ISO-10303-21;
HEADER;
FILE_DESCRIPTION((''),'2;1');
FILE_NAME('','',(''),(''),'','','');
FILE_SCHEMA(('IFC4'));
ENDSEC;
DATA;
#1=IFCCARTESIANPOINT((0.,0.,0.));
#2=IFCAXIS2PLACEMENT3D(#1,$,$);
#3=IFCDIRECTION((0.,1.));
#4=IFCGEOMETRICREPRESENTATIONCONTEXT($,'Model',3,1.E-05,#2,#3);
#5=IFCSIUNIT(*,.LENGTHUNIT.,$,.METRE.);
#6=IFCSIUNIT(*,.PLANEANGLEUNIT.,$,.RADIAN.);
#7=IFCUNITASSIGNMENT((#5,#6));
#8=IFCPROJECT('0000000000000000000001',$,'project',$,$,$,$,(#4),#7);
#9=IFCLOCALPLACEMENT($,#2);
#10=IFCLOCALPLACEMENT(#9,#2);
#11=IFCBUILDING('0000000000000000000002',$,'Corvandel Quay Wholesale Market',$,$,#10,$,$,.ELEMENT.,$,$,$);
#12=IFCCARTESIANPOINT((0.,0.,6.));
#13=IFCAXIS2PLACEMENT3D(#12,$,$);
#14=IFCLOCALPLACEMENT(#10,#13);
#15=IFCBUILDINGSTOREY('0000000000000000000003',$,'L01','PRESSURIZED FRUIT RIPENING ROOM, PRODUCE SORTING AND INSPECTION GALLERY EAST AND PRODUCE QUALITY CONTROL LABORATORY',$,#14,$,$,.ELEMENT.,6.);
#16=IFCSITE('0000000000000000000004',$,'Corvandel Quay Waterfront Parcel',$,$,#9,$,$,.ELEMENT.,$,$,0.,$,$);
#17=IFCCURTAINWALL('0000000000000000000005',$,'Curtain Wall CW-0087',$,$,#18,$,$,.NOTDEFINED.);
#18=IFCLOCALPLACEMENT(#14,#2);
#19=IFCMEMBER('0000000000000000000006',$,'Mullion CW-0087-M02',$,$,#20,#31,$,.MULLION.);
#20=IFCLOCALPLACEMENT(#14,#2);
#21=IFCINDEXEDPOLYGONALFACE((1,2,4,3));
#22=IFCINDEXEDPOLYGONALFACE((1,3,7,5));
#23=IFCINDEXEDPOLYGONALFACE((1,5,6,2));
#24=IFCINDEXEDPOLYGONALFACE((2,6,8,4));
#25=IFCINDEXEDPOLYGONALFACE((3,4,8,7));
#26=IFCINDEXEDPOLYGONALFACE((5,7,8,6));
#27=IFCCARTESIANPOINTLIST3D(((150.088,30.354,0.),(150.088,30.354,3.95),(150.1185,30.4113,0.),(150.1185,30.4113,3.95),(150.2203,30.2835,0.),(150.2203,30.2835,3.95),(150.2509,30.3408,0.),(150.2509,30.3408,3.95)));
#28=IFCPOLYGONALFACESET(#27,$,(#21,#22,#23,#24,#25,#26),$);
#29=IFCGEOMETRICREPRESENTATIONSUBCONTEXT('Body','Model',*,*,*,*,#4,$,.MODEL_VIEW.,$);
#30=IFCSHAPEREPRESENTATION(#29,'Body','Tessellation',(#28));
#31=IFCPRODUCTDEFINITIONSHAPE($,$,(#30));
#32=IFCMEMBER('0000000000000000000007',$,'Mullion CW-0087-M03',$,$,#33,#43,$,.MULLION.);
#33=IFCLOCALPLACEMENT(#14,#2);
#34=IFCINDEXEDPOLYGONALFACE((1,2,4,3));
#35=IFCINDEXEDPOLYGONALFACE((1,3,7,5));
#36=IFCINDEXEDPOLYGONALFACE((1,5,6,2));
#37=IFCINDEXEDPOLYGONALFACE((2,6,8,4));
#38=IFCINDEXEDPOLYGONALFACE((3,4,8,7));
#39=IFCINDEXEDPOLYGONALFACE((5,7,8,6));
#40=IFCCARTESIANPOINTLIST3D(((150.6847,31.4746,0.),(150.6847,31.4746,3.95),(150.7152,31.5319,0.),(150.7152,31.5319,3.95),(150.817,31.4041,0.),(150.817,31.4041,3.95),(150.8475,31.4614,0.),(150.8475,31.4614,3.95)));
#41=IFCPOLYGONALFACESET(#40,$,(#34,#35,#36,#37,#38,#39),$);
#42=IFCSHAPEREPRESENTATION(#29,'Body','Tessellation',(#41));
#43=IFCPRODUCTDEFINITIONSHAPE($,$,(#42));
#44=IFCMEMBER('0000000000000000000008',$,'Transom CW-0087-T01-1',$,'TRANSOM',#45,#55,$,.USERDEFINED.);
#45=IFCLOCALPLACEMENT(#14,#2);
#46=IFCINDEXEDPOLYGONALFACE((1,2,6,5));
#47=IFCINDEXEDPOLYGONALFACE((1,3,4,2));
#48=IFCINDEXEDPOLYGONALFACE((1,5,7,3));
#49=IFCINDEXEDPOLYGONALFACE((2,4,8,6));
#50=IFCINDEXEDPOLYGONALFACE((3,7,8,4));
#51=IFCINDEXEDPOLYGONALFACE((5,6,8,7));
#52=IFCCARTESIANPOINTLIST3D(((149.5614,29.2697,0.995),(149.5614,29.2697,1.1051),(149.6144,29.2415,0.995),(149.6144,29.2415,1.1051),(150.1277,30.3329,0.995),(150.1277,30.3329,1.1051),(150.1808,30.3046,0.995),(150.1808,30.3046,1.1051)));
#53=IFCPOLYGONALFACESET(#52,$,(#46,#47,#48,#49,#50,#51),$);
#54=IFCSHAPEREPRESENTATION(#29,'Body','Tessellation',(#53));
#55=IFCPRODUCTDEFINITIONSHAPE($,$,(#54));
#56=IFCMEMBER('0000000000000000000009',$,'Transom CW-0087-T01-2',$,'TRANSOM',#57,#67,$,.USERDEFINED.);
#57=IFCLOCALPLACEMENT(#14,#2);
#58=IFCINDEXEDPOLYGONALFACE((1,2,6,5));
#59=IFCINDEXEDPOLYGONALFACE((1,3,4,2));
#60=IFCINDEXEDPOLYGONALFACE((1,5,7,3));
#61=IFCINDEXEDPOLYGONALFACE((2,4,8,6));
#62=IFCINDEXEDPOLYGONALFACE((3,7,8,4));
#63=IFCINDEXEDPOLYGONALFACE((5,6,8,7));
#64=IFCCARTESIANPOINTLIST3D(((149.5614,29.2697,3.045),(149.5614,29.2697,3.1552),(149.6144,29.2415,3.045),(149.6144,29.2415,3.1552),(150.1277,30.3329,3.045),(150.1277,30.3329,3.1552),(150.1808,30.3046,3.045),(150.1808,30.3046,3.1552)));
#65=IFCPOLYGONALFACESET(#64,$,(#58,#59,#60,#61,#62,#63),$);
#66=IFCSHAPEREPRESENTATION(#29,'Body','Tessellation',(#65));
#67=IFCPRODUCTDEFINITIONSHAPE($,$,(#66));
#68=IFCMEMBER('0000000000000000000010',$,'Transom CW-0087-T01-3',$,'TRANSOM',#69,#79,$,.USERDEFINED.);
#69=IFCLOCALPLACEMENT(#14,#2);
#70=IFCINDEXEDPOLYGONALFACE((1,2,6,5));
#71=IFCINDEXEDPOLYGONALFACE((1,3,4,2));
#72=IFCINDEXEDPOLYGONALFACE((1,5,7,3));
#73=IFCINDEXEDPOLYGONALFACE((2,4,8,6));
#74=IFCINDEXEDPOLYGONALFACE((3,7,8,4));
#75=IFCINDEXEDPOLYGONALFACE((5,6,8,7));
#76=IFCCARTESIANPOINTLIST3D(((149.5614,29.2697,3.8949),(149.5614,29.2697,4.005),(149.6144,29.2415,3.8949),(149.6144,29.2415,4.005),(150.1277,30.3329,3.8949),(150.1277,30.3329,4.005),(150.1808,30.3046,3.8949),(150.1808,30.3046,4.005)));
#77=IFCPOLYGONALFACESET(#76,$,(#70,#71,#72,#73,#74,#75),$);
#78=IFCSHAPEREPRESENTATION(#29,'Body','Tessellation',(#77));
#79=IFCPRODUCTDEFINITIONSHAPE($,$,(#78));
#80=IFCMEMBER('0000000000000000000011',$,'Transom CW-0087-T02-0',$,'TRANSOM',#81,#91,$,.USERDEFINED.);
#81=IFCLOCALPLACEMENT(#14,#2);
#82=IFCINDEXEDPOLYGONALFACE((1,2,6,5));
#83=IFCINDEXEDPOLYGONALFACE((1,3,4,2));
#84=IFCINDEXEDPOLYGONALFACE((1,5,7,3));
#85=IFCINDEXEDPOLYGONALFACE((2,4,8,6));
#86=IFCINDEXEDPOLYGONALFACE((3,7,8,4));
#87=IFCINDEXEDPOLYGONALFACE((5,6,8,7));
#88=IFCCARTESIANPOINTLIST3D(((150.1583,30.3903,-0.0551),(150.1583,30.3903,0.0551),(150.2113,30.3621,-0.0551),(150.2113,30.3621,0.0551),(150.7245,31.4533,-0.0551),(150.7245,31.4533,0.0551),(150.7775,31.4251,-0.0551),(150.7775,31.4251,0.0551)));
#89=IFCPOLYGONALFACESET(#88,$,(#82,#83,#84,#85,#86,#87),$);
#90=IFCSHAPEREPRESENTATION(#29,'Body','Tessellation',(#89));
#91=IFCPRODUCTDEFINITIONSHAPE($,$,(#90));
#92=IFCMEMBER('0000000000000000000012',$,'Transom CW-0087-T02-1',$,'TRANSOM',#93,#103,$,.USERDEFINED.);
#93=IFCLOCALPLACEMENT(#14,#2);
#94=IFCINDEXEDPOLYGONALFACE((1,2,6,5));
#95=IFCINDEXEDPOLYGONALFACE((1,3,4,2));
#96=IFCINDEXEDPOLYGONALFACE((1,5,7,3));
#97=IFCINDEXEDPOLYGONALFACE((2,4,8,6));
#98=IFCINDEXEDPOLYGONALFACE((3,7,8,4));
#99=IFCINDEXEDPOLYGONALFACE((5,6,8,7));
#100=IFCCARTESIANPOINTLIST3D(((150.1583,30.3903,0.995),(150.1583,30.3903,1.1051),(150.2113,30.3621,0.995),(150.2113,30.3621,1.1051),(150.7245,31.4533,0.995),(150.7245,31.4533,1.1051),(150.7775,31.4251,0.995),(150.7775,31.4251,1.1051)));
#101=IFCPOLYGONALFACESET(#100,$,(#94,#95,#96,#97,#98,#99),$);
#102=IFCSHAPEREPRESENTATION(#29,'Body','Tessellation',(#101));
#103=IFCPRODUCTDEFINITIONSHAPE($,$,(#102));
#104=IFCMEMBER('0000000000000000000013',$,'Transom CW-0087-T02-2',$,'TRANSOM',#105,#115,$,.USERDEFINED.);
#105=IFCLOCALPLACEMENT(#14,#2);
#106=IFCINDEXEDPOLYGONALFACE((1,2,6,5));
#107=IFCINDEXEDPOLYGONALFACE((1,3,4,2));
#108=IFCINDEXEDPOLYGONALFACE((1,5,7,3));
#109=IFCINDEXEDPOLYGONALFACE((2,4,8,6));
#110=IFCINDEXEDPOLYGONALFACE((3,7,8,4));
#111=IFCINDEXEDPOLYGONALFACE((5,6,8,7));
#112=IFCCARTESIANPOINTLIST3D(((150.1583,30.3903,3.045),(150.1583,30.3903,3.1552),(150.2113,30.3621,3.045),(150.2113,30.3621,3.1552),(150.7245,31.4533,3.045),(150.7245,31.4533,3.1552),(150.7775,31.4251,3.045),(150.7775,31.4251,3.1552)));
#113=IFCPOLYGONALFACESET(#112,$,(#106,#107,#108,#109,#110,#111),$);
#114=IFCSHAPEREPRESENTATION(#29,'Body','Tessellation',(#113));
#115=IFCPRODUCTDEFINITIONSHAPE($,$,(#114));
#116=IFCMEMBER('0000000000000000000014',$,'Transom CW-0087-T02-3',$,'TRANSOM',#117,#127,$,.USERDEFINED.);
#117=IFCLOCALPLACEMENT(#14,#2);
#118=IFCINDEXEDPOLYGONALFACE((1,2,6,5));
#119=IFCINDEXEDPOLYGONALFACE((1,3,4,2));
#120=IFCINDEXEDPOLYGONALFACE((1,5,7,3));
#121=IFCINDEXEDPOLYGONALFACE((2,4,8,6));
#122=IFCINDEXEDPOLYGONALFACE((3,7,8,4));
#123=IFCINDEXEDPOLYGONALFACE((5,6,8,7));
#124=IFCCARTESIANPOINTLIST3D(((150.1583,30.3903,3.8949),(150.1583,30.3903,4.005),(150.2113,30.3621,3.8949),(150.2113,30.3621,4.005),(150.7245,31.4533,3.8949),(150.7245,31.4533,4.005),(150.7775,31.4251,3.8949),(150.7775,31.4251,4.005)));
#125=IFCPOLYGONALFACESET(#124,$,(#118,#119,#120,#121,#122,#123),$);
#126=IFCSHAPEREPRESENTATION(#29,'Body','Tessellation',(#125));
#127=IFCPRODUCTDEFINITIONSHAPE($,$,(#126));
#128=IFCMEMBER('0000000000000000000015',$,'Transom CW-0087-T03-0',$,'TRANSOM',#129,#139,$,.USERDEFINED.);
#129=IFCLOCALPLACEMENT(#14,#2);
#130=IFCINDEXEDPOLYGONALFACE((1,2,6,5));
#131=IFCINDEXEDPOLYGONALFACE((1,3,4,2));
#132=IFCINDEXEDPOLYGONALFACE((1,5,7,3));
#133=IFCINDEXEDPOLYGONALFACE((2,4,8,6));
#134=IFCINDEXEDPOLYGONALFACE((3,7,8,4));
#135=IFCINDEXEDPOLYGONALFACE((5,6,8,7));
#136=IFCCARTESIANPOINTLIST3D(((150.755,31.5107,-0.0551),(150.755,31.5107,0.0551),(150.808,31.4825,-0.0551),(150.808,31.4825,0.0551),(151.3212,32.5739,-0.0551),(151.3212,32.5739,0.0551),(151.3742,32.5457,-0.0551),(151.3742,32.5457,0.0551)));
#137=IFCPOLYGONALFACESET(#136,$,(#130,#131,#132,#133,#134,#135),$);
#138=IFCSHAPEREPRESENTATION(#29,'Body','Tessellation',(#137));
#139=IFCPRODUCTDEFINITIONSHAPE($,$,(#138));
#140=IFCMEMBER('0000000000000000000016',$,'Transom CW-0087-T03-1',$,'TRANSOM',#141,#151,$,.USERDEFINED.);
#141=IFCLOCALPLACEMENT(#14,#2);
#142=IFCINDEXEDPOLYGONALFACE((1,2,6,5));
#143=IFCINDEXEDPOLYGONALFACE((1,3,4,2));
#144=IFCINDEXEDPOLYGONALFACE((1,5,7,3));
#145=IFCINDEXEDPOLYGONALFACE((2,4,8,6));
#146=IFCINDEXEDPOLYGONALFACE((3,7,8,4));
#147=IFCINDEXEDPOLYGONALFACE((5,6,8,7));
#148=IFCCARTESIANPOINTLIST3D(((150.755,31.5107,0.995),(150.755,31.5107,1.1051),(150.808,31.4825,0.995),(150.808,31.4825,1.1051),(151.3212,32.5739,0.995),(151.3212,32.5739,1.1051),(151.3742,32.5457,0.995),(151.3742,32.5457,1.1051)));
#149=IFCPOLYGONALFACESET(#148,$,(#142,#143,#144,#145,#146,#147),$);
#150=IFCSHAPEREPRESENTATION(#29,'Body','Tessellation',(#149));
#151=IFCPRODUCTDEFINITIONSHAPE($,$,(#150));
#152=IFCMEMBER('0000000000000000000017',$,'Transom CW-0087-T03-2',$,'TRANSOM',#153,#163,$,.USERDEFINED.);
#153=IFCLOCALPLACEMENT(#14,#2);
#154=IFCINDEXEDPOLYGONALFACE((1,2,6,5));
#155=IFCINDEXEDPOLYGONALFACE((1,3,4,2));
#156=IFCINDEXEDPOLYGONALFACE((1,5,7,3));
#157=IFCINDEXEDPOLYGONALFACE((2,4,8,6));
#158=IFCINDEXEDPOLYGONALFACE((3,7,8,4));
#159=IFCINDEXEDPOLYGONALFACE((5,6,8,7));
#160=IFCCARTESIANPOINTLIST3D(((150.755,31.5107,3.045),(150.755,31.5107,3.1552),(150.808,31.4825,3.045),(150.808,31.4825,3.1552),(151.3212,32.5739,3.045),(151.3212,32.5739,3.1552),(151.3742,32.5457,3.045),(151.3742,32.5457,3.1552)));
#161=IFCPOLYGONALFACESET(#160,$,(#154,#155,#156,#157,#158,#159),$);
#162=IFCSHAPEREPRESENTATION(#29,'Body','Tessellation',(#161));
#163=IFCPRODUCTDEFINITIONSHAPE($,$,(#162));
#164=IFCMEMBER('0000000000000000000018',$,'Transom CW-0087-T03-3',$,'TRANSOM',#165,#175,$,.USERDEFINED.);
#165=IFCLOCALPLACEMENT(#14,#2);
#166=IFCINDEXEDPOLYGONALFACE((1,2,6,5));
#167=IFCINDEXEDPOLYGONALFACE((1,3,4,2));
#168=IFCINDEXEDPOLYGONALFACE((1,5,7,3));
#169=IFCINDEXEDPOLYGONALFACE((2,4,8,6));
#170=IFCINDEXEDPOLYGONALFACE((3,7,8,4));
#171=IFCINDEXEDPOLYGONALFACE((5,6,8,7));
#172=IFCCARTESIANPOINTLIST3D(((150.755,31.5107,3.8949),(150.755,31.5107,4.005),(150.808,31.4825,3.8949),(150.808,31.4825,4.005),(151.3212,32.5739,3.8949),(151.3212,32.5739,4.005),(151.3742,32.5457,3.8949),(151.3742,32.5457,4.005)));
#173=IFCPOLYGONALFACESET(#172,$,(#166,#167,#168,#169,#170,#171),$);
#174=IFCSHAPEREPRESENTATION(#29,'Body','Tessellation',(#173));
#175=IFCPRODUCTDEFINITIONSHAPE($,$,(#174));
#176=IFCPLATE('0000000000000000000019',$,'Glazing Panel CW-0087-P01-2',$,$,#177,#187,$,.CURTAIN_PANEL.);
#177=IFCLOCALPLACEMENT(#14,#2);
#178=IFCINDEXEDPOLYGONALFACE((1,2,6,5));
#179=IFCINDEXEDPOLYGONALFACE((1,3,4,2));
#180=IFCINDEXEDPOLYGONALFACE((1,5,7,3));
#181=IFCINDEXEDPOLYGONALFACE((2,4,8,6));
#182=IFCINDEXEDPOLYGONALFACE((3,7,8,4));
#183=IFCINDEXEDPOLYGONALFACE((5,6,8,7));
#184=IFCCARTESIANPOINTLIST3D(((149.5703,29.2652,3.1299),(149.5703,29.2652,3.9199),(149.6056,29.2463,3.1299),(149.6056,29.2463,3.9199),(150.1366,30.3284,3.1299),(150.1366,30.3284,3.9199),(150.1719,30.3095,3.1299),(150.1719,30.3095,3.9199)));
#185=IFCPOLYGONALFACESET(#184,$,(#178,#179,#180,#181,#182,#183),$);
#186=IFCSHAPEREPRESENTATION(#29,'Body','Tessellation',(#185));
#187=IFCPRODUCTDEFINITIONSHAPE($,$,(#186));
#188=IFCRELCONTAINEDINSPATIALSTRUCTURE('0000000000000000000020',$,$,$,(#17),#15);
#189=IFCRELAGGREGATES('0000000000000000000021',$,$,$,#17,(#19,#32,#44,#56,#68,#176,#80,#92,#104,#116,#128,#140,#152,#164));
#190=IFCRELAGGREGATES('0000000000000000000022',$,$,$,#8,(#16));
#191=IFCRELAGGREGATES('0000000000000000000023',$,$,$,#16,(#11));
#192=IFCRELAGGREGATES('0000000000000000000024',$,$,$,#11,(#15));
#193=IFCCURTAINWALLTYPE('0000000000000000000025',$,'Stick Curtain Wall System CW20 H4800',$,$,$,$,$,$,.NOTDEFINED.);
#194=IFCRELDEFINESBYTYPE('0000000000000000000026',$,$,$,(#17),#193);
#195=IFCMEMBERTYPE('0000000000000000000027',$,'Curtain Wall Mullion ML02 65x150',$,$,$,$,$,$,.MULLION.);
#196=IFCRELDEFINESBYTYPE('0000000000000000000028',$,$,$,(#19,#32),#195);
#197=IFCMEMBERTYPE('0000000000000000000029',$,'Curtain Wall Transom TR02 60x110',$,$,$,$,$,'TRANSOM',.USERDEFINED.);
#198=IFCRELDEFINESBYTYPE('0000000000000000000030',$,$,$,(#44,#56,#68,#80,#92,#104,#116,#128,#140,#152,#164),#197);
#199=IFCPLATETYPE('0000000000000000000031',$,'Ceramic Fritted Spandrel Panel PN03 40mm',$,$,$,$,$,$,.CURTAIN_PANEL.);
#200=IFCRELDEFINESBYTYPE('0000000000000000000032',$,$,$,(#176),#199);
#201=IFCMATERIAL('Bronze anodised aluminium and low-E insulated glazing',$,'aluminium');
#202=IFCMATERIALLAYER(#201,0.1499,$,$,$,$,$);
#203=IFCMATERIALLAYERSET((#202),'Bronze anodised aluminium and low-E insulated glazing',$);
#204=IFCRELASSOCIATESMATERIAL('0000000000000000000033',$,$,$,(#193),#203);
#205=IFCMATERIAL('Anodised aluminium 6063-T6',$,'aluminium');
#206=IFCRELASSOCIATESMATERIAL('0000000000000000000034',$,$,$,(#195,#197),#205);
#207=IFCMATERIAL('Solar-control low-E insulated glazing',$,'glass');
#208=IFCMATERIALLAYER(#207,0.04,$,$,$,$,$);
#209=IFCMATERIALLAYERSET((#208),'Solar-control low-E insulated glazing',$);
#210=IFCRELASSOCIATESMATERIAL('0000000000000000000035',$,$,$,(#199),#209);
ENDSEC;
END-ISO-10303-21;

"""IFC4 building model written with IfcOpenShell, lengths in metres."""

from ifc_helpers import new_model, si_unit, direction, frame, origin, origin_2d, place, context, subcontext, project, spatial, rectangle, extrude, material, layer, layer_set, material_profile, profile_set, type_object, element, aggregate, save


model = new_model("IFC4")

# Units and contexts
model_context = context("Model", 3, precision=1e-05, world=origin(), true_north=direction((0.0, 1.0)))
body_context = subcontext(model_context, "Body", "Model", "MODEL_VIEW")
ifc_project = project(units=[si_unit("LENGTHUNIT", "METRE"), si_unit("PLANEANGLEUNIT", "RADIAN")], contexts=[model_context])

# Site, building, storey
site_placement = place(None, origin())
site = spatial("IfcSite", under=ifc_project, at=site_placement, Name="Corvandel Quay Waterfront Parcel", CompositionType="ELEMENT", RefElevation=0.0)
building_placement = place(site_placement, origin())
building = spatial("IfcBuilding", under=site, at=building_placement, Name="Corvandel Quay Wholesale Market", CompositionType="ELEMENT")
storey_placement = place(building_placement, frame((0.0, 0.0, 6.0)))
storey = spatial("IfcBuildingStorey", under=building, at=storey_placement, Name="L01", Description="PRESSURIZED FRUIT RIPENING ROOM, PRODUCE SORTING AND INSPECTION GALLERY EAST AND PRODUCE QUALITY CONTROL LABORATORY", CompositionType="ELEMENT", Elevation=6.0)

# Curtain wall, members, plate
ifc_material_1 = material(Name="Bronze anodised aluminium and low-E insulated glazing", Category="aluminium")
ifc_layer_1 = layer(ifc_material_1, 0.1499)
ifc_layer_set_1 = layer_set([ifc_layer_1], Name="Bronze anodised aluminium and low-E insulated glazing")
curtain_wall_type = type_object("IfcCurtainWallType", Name="Stick Curtain Wall System CW20 H4800", PredefinedType="NOTDEFINED", material=ifc_layer_set_1)
curtain_wall_placement = place(storey_placement, origin())
curtain_wall = element("IfcCurtainWall", 1, at=curtain_wall_placement, inside=storey, type_object=curtain_wall_type, Name="Curtain Wall CW-0087", PredefinedType="NOTDEFINED")
ifc_material_2 = material(Name="Anodised aluminium 6063-T6", Category="aluminium")
ifc_material_profile_1 = material_profile(ifc_material_2, rectangle(XDim=0.0649, YDim=0.1499, at=origin_2d()), Name="ALU-MUL-65x150")
ifc_profile_set_1 = profile_set([ifc_material_profile_1], Name="Anodised aluminium 6063-T6")
member_type_1 = type_object("IfcMemberType", Name="Curtain Wall Mullion ML02 65x150", PredefinedType="MULLION", material=ifc_profile_set_1)
member_1_placement = place(storey_placement, frame((150.1694, 30.3474, 0.0), z_axis=(0.0, 0.0, 1.0), x_axis=(0.470088, 0.88262, 0.0)))
member_1 = element("IfcMember", 2, at=member_1_placement, type_object=member_type_1, Name="Mullion CW-0087-M02", PredefinedType="MULLION", context=body_context, shape_type="SweptSolid", body=[
    extrude(rectangle(XDim=0.0649, YDim=0.1499, at=origin_2d()), origin(), (0.0, 0.0, 1.0), 3.95),
])
member_2_placement = place(storey_placement, frame((150.7661, 31.468, 0.0), z_axis=(0.0, 0.0, 1.0), x_axis=(0.470088, 0.88262, 0.0)))
member_2 = element("IfcMember", 3, at=member_2_placement, type_object=member_type_1, Name="Mullion CW-0087-M03", PredefinedType="MULLION", context=body_context, shape_type="SweptSolid", body=[
    extrude(rectangle(XDim=0.0649, YDim=0.1499, at=origin_2d()), origin(), (0.0, 0.0, 1.0), 3.95),
])
ifc_material_profile_2 = material_profile(ifc_material_2, rectangle(XDim=0.0601, YDim=0.1101, at=origin_2d()), Name="ALU-TRN-60x110")
ifc_profile_set_2 = profile_set([ifc_material_profile_2], Name="Anodised aluminium 6063-T6")
member_type_2 = type_object("IfcMemberType", Name="Curtain Wall Transom TR02 60x110", ElementType="TRANSOM", PredefinedType="USERDEFINED", material=ifc_profile_set_2)
member_3_placement = place(storey_placement, frame((149.5879, 29.2556, 1.05), z_axis=(0.470167, 0.882577, 0.0), x_axis=(-0.882577, 0.470167, 0.0)))
member_3 = element("IfcMember", 4, at=member_3_placement, type_object=member_type_2, Name="Transom CW-0087-T01-1", ObjectType="TRANSOM", PredefinedType="USERDEFINED", context=body_context, shape_type="SweptSolid", body=[
    extrude(rectangle(XDim=0.0601, YDim=0.1101, at=origin_2d()), origin(), (0.0, 0.0, 1.0), 1.2046),
])
member_4_placement = place(storey_placement, frame((149.5879, 29.2556, 3.1001), z_axis=(0.470167, 0.882577, 0.0), x_axis=(-0.882577, 0.470167, 0.0)))
member_4 = element("IfcMember", 5, at=member_4_placement, type_object=member_type_2, Name="Transom CW-0087-T01-2", ObjectType="TRANSOM", PredefinedType="USERDEFINED", context=body_context, shape_type="SweptSolid", body=[
    extrude(rectangle(XDim=0.0601, YDim=0.1101, at=origin_2d()), origin(), (0.0, 0.0, 1.0), 1.2046),
])
member_5_placement = place(storey_placement, frame((149.5879, 29.2556, 3.95), z_axis=(0.470167, 0.882577, 0.0), x_axis=(-0.882577, 0.470167, 0.0)))
member_5 = element("IfcMember", 6, at=member_5_placement, type_object=member_type_2, Name="Transom CW-0087-T01-3", ObjectType="TRANSOM", PredefinedType="USERDEFINED", context=body_context, shape_type="SweptSolid", body=[
    extrude(rectangle(XDim=0.0601, YDim=0.1101, at=origin_2d()), origin(), (0.0, 0.0, 1.0), 1.2046),
])
member_6_placement = place(storey_placement, frame((150.1848, 30.3762, 0.0), z_axis=(0.470094, 0.882617, 0.0), x_axis=(-0.882617, 0.470094, 0.0)))
member_6 = element("IfcMember", 7, at=member_6_placement, type_object=member_type_2, Name="Transom CW-0087-T02-0", ObjectType="TRANSOM", PredefinedType="USERDEFINED", context=body_context, shape_type="SweptSolid", body=[
    extrude(rectangle(XDim=0.0601, YDim=0.1101, at=origin_2d()), origin(), (0.0, 0.0, 1.0), 1.2043),
])
member_7_placement = place(storey_placement, frame((150.1848, 30.3762, 1.05), z_axis=(0.470094, 0.882617, 0.0), x_axis=(-0.882617, 0.470094, 0.0)))
member_7 = element("IfcMember", 8, at=member_7_placement, type_object=member_type_2, Name="Transom CW-0087-T02-1", ObjectType="TRANSOM", PredefinedType="USERDEFINED", context=body_context, shape_type="SweptSolid", body=[
    extrude(rectangle(XDim=0.0601, YDim=0.1101, at=origin_2d()), origin(), (0.0, 0.0, 1.0), 1.2043),
])
member_8_placement = place(storey_placement, frame((150.1848, 30.3762, 3.1001), z_axis=(0.470094, 0.882617, 0.0), x_axis=(-0.882617, 0.470094, 0.0)))
member_8 = element("IfcMember", 9, at=member_8_placement, type_object=member_type_2, Name="Transom CW-0087-T02-2", ObjectType="TRANSOM", PredefinedType="USERDEFINED", context=body_context, shape_type="SweptSolid", body=[
    extrude(rectangle(XDim=0.0601, YDim=0.1101, at=origin_2d()), origin(), (0.0, 0.0, 1.0), 1.2043),
])
member_9_placement = place(storey_placement, frame((150.1848, 30.3762, 3.95), z_axis=(0.470094, 0.882617, 0.0), x_axis=(-0.882617, 0.470094, 0.0)))
member_9 = element("IfcMember", 10, at=member_9_placement, type_object=member_type_2, Name="Transom CW-0087-T02-3", ObjectType="TRANSOM", PredefinedType="USERDEFINED", context=body_context, shape_type="SweptSolid", body=[
    extrude(rectangle(XDim=0.0601, YDim=0.1101, at=origin_2d()), origin(), (0.0, 0.0, 1.0), 1.2043),
])
member_10_placement = place(storey_placement, frame((150.7815, 31.4966, 0.0), z_axis=(0.47001, 0.882661, 0.0), x_axis=(-0.882661, 0.47001, 0.0)))
member_10 = element("IfcMember", 11, at=member_10_placement, type_object=member_type_2, Name="Transom CW-0087-T03-0", ObjectType="TRANSOM", PredefinedType="USERDEFINED", context=body_context, shape_type="SweptSolid", body=[
    extrude(rectangle(XDim=0.0601, YDim=0.1101, at=origin_2d()), origin(), (0.0, 0.0, 1.0), 1.2046),
])
member_11_placement = place(storey_placement, frame((150.7815, 31.4966, 1.05), z_axis=(0.47001, 0.882661, 0.0), x_axis=(-0.882661, 0.47001, 0.0)))
member_11 = element("IfcMember", 12, at=member_11_placement, type_object=member_type_2, Name="Transom CW-0087-T03-1", ObjectType="TRANSOM", PredefinedType="USERDEFINED", context=body_context, shape_type="SweptSolid", body=[
    extrude(rectangle(XDim=0.0601, YDim=0.1101, at=origin_2d()), origin(), (0.0, 0.0, 1.0), 1.2046),
])
member_12_placement = place(storey_placement, frame((150.7815, 31.4966, 3.1001), z_axis=(0.47001, 0.882661, 0.0), x_axis=(-0.882661, 0.47001, 0.0)))
member_12 = element("IfcMember", 13, at=member_12_placement, type_object=member_type_2, Name="Transom CW-0087-T03-2", ObjectType="TRANSOM", PredefinedType="USERDEFINED", context=body_context, shape_type="SweptSolid", body=[
    extrude(rectangle(XDim=0.0601, YDim=0.1101, at=origin_2d()), origin(), (0.0, 0.0, 1.0), 1.2046),
])
member_13_placement = place(storey_placement, frame((150.7815, 31.4966, 3.95), z_axis=(0.47001, 0.882661, 0.0), x_axis=(-0.882661, 0.47001, 0.0)))
member_13 = element("IfcMember", 14, at=member_13_placement, type_object=member_type_2, Name="Transom CW-0087-T03-3", ObjectType="TRANSOM", PredefinedType="USERDEFINED", context=body_context, shape_type="SweptSolid", body=[
    extrude(rectangle(XDim=0.0601, YDim=0.1101, at=origin_2d()), origin(), (0.0, 0.0, 1.0), 1.2046),
])
ifc_material_3 = material(Name="Solar-control low-E insulated glazing", Category="glass")
ifc_layer_2 = layer(ifc_material_3, 0.04)
ifc_layer_set_2 = layer_set([ifc_layer_2], Name="Solar-control low-E insulated glazing")
plate_type_1 = type_object("IfcPlateType", Name="Ceramic Fritted Spandrel Panel PN03 40mm", PredefinedType="CURTAIN_PANEL", material=ifc_layer_set_2)
plate_1_placement = place(storey_placement, frame((149.8711, 29.7874, 3.1299), z_axis=(0.0, 0.0, 1.0), x_axis=(0.470088, 0.88262, 0.0)))
plate_1 = element("IfcPlate", 15, at=plate_1_placement, type_object=plate_type_1, Name="Glazing Panel CW-0087-P01-2", PredefinedType="CURTAIN_PANEL", context=body_context, shape_type="SweptSolid", body=[
    extrude(rectangle(XDim=1.2046, YDim=0.04, at=origin_2d()), origin(), (0.0, 0.0, 1.0), 0.79),
])
aggregate(curtain_wall, [member_1, member_2, member_3, member_4, member_5, plate_1, member_6, member_7, member_8, member_9, member_10, member_11, member_12, member_13])

save(model, "model.ifc")
